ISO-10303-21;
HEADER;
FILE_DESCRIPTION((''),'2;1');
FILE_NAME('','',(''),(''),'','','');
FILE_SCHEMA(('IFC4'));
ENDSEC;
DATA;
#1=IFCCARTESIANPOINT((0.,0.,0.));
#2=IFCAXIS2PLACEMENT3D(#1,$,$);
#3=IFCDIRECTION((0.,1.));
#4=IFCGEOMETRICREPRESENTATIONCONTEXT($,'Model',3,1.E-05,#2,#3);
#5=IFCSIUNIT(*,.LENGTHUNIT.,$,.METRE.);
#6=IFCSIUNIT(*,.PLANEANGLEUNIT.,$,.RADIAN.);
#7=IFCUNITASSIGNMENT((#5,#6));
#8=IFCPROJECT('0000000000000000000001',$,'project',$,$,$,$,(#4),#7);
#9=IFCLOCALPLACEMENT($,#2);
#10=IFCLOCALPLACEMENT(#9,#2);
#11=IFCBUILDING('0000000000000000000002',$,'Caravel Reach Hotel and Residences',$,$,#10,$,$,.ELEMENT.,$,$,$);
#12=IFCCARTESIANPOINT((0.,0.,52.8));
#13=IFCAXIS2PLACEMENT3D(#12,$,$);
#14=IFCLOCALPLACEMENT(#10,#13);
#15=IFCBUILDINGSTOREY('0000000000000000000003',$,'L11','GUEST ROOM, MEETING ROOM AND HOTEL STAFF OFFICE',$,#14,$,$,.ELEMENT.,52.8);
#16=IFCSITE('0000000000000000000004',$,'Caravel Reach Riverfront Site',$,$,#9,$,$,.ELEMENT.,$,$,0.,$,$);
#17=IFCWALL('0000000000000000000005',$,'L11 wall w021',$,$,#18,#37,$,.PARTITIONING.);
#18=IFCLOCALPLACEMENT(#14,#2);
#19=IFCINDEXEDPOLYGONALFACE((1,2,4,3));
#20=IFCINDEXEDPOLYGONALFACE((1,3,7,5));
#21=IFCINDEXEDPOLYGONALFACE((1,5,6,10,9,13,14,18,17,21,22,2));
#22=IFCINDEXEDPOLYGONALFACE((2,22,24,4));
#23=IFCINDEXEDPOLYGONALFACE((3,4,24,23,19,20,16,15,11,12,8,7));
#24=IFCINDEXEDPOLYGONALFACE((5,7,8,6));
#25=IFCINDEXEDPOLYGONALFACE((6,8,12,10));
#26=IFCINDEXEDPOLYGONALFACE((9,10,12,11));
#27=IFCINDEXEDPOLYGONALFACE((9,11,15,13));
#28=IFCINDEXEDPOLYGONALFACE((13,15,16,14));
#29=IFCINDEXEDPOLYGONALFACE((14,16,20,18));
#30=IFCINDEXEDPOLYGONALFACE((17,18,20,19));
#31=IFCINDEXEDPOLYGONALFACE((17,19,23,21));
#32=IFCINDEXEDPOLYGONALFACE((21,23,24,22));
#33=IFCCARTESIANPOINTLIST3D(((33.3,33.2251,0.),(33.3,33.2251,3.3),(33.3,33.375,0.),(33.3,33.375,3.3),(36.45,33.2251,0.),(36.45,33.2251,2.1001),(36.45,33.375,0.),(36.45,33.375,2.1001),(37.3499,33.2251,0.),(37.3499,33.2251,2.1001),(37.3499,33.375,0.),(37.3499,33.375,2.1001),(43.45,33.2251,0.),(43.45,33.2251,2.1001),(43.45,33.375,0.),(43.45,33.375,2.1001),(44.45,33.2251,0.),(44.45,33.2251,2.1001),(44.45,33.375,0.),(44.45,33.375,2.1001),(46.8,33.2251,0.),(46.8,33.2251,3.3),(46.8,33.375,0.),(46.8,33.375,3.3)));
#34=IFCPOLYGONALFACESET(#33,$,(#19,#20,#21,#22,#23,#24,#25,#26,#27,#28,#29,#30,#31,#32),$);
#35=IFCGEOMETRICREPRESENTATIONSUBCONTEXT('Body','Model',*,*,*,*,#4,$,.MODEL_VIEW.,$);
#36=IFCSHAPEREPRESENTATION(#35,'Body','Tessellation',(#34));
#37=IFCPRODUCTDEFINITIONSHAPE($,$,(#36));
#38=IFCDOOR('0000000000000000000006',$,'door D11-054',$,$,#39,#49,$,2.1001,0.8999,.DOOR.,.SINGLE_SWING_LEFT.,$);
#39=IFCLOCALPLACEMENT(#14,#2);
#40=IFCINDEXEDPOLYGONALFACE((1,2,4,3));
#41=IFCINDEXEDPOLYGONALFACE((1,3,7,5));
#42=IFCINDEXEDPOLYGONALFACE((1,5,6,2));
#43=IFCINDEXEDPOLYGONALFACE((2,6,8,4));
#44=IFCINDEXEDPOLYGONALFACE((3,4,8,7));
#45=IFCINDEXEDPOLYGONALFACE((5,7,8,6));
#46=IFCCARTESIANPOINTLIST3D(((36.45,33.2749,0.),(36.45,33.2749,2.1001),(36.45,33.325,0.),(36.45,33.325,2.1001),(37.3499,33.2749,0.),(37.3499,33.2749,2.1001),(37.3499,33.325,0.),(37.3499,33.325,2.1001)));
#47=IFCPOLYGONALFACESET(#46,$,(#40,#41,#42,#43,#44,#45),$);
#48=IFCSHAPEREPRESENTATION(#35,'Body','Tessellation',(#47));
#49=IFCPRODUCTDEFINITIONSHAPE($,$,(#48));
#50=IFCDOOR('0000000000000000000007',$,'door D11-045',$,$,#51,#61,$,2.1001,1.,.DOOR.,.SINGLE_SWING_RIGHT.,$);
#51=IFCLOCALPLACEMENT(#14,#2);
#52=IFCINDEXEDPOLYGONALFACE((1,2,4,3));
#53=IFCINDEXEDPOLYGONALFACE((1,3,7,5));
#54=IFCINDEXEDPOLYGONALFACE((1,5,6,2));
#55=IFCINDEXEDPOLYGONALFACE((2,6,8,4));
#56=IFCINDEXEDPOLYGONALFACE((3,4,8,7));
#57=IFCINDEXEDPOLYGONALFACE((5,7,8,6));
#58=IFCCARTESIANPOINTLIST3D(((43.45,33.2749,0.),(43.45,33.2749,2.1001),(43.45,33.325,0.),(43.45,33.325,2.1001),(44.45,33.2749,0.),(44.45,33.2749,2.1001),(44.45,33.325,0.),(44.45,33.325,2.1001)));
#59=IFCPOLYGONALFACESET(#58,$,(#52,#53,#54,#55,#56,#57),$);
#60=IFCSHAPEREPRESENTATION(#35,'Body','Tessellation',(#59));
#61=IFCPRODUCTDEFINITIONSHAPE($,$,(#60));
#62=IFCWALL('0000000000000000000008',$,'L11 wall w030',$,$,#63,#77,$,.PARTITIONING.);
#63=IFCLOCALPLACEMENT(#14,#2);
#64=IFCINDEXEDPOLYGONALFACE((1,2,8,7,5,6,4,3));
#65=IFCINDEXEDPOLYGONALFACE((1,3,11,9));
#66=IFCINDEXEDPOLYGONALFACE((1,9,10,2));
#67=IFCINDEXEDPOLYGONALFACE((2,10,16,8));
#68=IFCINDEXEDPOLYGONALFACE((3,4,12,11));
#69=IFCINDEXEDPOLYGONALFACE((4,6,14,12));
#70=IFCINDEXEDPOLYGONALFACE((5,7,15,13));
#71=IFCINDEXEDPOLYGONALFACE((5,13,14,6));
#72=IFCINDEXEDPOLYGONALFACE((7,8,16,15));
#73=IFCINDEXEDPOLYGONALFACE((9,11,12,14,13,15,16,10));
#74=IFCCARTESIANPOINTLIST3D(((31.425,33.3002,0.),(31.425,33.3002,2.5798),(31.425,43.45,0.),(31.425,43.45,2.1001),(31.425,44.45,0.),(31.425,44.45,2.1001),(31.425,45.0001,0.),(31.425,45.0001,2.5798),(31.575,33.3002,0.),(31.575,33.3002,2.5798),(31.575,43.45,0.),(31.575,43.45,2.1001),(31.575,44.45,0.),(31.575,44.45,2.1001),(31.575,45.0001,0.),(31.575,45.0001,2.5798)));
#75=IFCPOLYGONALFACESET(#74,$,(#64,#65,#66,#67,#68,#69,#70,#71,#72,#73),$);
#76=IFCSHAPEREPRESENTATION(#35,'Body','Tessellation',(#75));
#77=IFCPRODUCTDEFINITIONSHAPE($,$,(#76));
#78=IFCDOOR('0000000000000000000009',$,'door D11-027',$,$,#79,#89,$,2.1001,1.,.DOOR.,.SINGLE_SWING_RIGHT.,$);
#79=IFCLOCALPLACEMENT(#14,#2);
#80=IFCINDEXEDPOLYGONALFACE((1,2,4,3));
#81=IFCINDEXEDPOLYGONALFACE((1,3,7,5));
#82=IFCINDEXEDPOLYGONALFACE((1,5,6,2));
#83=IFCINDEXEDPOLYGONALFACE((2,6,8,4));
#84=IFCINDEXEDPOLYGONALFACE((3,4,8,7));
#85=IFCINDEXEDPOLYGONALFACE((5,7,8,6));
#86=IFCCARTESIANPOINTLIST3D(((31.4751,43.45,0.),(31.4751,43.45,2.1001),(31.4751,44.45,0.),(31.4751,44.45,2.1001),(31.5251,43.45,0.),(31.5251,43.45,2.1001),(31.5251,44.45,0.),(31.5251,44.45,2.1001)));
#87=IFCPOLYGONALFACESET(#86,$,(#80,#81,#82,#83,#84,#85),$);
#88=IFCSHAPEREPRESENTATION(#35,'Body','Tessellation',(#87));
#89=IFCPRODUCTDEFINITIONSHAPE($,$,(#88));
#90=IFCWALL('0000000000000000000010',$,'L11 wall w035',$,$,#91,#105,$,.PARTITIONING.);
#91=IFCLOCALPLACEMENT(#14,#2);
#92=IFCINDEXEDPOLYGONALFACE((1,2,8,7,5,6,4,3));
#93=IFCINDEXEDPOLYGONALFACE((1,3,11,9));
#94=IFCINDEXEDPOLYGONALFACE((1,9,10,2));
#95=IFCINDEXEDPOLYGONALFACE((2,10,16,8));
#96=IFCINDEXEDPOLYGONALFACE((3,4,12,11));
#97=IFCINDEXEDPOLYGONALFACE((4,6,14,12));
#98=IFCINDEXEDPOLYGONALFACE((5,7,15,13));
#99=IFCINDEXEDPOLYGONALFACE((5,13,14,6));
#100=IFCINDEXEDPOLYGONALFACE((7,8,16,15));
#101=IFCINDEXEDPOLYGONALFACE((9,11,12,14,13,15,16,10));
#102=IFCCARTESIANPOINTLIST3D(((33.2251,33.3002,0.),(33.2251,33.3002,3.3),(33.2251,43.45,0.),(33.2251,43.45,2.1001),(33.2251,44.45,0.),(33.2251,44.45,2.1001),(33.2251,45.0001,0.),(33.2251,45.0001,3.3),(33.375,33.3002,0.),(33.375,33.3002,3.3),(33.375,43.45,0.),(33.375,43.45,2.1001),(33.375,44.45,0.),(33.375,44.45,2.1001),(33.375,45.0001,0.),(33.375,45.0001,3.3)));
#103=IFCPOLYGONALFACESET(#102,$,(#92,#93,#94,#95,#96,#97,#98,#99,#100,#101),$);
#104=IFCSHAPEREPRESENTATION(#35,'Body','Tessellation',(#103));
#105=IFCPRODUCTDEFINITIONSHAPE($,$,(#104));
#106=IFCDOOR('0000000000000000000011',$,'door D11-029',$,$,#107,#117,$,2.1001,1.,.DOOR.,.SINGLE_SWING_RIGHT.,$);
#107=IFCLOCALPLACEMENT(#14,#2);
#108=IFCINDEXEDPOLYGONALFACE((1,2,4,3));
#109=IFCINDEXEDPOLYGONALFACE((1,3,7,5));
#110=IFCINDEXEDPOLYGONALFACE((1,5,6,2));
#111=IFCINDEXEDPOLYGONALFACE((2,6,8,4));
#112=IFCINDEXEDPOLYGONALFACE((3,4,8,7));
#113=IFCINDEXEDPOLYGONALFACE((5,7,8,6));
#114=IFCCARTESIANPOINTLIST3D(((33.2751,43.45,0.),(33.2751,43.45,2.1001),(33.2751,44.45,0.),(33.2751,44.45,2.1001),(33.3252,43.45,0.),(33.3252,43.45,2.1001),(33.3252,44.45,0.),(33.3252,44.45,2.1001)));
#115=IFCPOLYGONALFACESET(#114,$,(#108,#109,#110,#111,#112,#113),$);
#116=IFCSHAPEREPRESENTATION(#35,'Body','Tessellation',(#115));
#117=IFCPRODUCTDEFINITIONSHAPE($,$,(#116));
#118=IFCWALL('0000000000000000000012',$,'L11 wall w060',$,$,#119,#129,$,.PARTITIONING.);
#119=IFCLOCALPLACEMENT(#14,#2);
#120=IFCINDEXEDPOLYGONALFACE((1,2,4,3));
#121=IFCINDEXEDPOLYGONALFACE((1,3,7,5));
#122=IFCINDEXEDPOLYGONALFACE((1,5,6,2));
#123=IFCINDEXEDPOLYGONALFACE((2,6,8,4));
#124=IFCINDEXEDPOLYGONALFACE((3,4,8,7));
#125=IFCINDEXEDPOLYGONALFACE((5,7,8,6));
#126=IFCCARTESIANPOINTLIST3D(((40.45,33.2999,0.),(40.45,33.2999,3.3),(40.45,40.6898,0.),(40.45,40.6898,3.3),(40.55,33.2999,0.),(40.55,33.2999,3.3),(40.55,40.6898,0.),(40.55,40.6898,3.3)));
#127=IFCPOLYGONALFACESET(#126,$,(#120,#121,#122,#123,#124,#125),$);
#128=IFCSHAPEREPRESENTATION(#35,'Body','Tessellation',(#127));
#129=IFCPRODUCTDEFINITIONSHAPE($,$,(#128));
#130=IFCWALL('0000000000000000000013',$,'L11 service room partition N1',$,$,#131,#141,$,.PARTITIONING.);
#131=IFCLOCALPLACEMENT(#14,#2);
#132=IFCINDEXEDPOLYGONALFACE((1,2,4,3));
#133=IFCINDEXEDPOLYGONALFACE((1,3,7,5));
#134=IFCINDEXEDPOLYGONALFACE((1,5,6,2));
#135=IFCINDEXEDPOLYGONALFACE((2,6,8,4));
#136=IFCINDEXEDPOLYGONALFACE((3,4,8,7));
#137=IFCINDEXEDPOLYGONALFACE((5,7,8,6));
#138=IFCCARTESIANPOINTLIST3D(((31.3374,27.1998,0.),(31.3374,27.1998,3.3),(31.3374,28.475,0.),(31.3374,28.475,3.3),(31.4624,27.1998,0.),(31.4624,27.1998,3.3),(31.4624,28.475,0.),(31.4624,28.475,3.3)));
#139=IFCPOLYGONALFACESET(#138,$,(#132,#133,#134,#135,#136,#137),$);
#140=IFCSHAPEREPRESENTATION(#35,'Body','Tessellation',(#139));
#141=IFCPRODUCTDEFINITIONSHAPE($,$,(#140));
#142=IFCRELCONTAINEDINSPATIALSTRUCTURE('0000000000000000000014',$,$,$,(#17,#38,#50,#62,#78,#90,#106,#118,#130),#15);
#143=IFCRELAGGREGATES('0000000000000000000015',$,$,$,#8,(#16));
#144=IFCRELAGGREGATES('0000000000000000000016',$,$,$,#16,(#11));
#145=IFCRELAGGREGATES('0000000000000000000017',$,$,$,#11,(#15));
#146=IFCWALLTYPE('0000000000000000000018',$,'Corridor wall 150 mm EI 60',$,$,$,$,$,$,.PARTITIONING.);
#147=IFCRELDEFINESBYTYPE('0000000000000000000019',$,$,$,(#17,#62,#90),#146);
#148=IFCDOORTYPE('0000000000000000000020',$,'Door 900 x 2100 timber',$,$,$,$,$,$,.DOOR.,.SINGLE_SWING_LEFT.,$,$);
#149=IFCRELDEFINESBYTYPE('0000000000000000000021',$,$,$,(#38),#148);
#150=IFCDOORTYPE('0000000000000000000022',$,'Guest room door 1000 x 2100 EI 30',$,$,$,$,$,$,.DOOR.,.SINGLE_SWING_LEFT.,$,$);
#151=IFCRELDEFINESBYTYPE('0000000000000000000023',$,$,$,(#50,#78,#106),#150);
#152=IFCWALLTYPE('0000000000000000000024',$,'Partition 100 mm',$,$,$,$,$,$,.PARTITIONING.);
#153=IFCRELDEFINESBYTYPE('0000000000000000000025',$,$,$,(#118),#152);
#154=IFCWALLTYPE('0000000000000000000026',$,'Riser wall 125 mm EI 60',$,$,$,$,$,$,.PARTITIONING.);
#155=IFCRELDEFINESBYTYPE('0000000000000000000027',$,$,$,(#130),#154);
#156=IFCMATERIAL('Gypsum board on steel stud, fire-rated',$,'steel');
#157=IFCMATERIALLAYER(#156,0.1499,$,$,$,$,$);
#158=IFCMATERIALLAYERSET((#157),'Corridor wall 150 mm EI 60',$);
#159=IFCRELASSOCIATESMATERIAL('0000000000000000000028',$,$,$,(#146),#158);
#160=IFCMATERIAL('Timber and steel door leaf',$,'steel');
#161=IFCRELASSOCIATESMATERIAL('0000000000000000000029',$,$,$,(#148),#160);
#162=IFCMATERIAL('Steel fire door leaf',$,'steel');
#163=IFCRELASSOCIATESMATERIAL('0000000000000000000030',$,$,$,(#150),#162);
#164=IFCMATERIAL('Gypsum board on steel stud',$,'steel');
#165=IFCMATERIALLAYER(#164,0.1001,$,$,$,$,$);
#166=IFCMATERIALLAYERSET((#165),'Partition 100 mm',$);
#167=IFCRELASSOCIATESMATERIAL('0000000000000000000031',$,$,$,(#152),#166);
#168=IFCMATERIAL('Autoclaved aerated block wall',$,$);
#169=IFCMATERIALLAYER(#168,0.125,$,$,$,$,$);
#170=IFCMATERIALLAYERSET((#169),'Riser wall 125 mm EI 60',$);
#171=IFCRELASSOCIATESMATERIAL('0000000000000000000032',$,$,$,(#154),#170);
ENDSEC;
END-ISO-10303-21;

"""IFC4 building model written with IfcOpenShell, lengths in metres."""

from ifc_helpers import new_model, si_unit, direction, frame, frame_2d, origin, place, context, subcontext, project, spatial, rectangle, extrude, material, layer, layer_set, type_object, element, fill, save


model = new_model("IFC4")

# Units and contexts
model_context = context("Model", 3, precision=1e-05, world=origin(), true_north=direction((0.0, 1.0)))
body_context = subcontext(model_context, "Body", "Model", "MODEL_VIEW")
ifc_project = project(units=[si_unit("LENGTHUNIT", "METRE"), si_unit("PLANEANGLEUNIT", "RADIAN")], contexts=[model_context])

# Site, building, storey
site_placement = place(None, origin())
site = spatial("IfcSite", under=ifc_project, at=site_placement, Name="Caravel Reach Riverfront Site", CompositionType="ELEMENT", RefElevation=0.0)
building_placement = place(site_placement, origin())
building = spatial("IfcBuilding", under=site, at=building_placement, Name="Caravel Reach Hotel and Residences", CompositionType="ELEMENT")
storey_placement = place(building_placement, frame((0.0, 0.0, 52.8)))
storey = spatial("IfcBuildingStorey", under=building, at=storey_placement, Name="L11", Description="GUEST ROOM, MEETING ROOM AND HOTEL STAFF OFFICE", CompositionType="ELEMENT", Elevation=52.8)

# Wall, openings, doors
ifc_material_1 = material(Name="Gypsum board on steel stud, fire-rated", Category="steel")
ifc_layer_1 = layer(ifc_material_1, 0.1499)
ifc_layer_set_1 = layer_set([ifc_layer_1], Name="Corridor wall 150 mm EI 60")
wall_type_1 = type_object("IfcWallType", Name="Corridor wall 150 mm EI 60", PredefinedType="PARTITIONING", material=ifc_layer_set_1)
wall_1_placement = place(storey_placement, frame((33.3, 33.3, 0.0), z_axis=(0.0, 0.0, 1.0), x_axis=(1.0, 0.0, 0.0)))
wall_1 = element("IfcWall", 1, at=wall_1_placement, inside=storey, type_object=wall_type_1, Name="L11 wall w021", PredefinedType="PARTITIONING", context=body_context, shape_type="SweptSolid", body=[
    extrude(rectangle(XDim=13.5, YDim=0.1499, at=frame_2d((6.75, 0.0))), origin(), (0.0, 0.0, 1.0), 3.3),
])
opening_1_placement = place(wall_1_placement, frame((10.1499, 0.0, 0.0)))
opening_1 = element("IfcOpeningElement", 2, at=opening_1_placement, cuts=wall_1, PredefinedType="OPENING", context=body_context, shape_type="SweptSolid", body=[
    extrude(rectangle(XDim=1.0, YDim=2.1001, at=frame_2d((0.5, 1.05))), frame((0.0, 0.085, 0.0), z_axis=(0.0, -1.0, 0.0), x_axis=(1.0, 0.0, 0.0)), (0.0, 0.0, 1.0), 0.1699),
])
opening_2_placement = place(wall_1_placement, frame((3.1499, 0.0, 0.0)))
opening_2 = element("IfcOpeningElement", 3, at=opening_2_placement, cuts=wall_1, PredefinedType="OPENING", context=body_context, shape_type="SweptSolid", body=[
    extrude(rectangle(XDim=0.8999, YDim=2.1001, at=frame_2d((0.45, 1.05))), frame((0.0, 0.085, 0.0), z_axis=(0.0, -1.0, 0.0), x_axis=(1.0, 0.0, 0.0)), (0.0, 0.0, 1.0), 0.1699),
])
ifc_material_2 = material(Name="Timber and steel door leaf", Category="steel")
door_type_1 = type_object("IfcDoorType", Name="Door 900 x 2100 timber", OperationType="SINGLE_SWING_LEFT", PredefinedType="DOOR", material=ifc_material_2)
door_1_placement = place(opening_2_placement, origin())
door_1 = element("IfcDoor", 4, at=door_1_placement, inside=storey, type_object=door_type_1, Name="door D11-054", OperationType="SINGLE_SWING_LEFT", OverallHeight=2.1001, OverallWidth=0.8999, PredefinedType="DOOR", context=body_context, shape_type="SweptSolid", body=[
    extrude(rectangle(XDim=0.8999, YDim=2.1001, at=frame_2d((0.45, 1.05))), frame((0.0, 0.0249, 0.0), z_axis=(0.0, -1.0, 0.0), x_axis=(1.0, 0.0, 0.0)), (0.0, 0.0, 1.0), 0.05),
])
fill(opening_2, door_1)
ifc_material_3 = material(Name="Steel fire door leaf", Category="steel")
door_type_2 = type_object("IfcDoorType", Name="Guest room door 1000 x 2100 EI 30", OperationType="SINGLE_SWING_LEFT", PredefinedType="DOOR", material=ifc_material_3)
door_2_placement = place(opening_1_placement, origin())
door_2 = element("IfcDoor", 5, at=door_2_placement, inside=storey, type_object=door_type_2, Name="door D11-045", OperationType="SINGLE_SWING_RIGHT", OverallHeight=2.1001, OverallWidth=1.0, PredefinedType="DOOR", context=body_context, shape_type="SweptSolid", body=[
    extrude(rectangle(XDim=1.0, YDim=2.1001, at=frame_2d((0.5, 1.05))), frame((0.0, 0.0249, 0.0), z_axis=(0.0, -1.0, 0.0), x_axis=(1.0, 0.0, 0.0)), (0.0, 0.0, 1.0), 0.05),
])
fill(opening_1, door_2)

# Walls, openings, doors
wall_2_placement = place(storey_placement, frame((31.5, 33.3, 0.0), z_axis=(0.0, 0.0, 1.0), x_axis=(0.0, 1.0, 0.0)))
wall_2 = element("IfcWall", 6, at=wall_2_placement, inside=storey, type_object=wall_type_1, Name="L11 wall w030", PredefinedType="PARTITIONING", context=body_context, shape_type="SweptSolid", body=[
    extrude(rectangle(XDim=11.7, YDim=0.1499, at=frame_2d((5.8501, 0.0))), origin(), (0.0, 0.0, 1.0), 2.5798),
])
opening_3_placement = place(wall_2_placement, frame((10.1499, 0.0, 0.0)))
opening_3 = element("IfcOpeningElement", 7, at=opening_3_placement, cuts=wall_2, PredefinedType="OPENING", context=body_context, shape_type="SweptSolid", body=[
    extrude(rectangle(XDim=1.0, YDim=2.1001, at=frame_2d((0.5, 1.05))), frame((0.0, 0.085, 0.0), z_axis=(0.0, -1.0, 0.0), x_axis=(1.0, 0.0, 0.0)), (0.0, 0.0, 1.0), 0.1699),
])
door_3_placement = place(opening_3_placement, origin())
door_3 = element("IfcDoor", 8, at=door_3_placement, inside=storey, type_object=door_type_2, Name="door D11-027", OperationType="SINGLE_SWING_RIGHT", OverallHeight=2.1001, OverallWidth=1.0, PredefinedType="DOOR", context=body_context, shape_type="SweptSolid", body=[
    extrude(rectangle(XDim=1.0, YDim=2.1001, at=frame_2d((0.5, 1.05))), frame((0.0, 0.0249, 0.0), z_axis=(0.0, -1.0, 0.0), x_axis=(1.0, 0.0, 0.0)), (0.0, 0.0, 1.0), 0.05),
])
fill(opening_3, door_3)
wall_3_placement = place(storey_placement, frame((33.3, 33.3, 0.0), z_axis=(0.0, 0.0, 1.0), x_axis=(0.0, 1.0, 0.0)))
wall_3 = element("IfcWall", 9, at=wall_3_placement, inside=storey, type_object=wall_type_1, Name="L11 wall w035", PredefinedType="PARTITIONING", context=body_context, shape_type="SweptSolid", body=[
    extrude(rectangle(XDim=11.7, YDim=0.1499, at=frame_2d((5.8501, 0.0))), origin(), (0.0, 0.0, 1.0), 3.3),
])
opening_4_placement = place(wall_3_placement, frame((10.1499, 0.0, 0.0)))
opening_4 = element("IfcOpeningElement", 10, at=opening_4_placement, cuts=wall_3, PredefinedType="OPENING", context=body_context, shape_type="SweptSolid", body=[
    extrude(rectangle(XDim=1.0, YDim=2.1001, at=frame_2d((0.5, 1.05))), frame((0.0, 0.085, 0.0), z_axis=(0.0, -1.0, 0.0), x_axis=(1.0, 0.0, 0.0)), (0.0, 0.0, 1.0), 0.1699),
])
door_4_placement = place(opening_4_placement, origin())
door_4 = element("IfcDoor", 11, at=door_4_placement, inside=storey, type_object=door_type_2, Name="door D11-029", OperationType="SINGLE_SWING_RIGHT", OverallHeight=2.1001, OverallWidth=1.0, PredefinedType="DOOR", context=body_context, shape_type="SweptSolid", body=[
    extrude(rectangle(XDim=1.0, YDim=2.1001, at=frame_2d((0.5, 1.05))), frame((0.0, 0.0249, 0.0), z_axis=(0.0, -1.0, 0.0), x_axis=(1.0, 0.0, 0.0)), (0.0, 0.0, 1.0), 0.05),
])
fill(opening_4, door_4)

# Walls
ifc_material_4 = material(Name="Gypsum board on steel stud", Category="steel")
ifc_layer_2 = layer(ifc_material_4, 0.1001)
ifc_layer_set_2 = layer_set([ifc_layer_2], Name="Partition 100 mm")
wall_type_2 = type_object("IfcWallType", Name="Partition 100 mm", PredefinedType="PARTITIONING", material=ifc_layer_set_2)
wall_4_placement = place(storey_placement, frame((40.5, 33.3, 0.0), z_axis=(0.0, 0.0, 1.0), x_axis=(0.0, 1.0, 0.0)))
element("IfcWall", 12, at=wall_4_placement, inside=storey, type_object=wall_type_2, Name="L11 wall w060", PredefinedType="PARTITIONING", context=body_context, shape_type="SweptSolid", body=[
    extrude(rectangle(XDim=7.3899, YDim=0.1001, at=frame_2d((3.6948, 0.0))), origin(), (0.0, 0.0, 1.0), 3.3),
])
ifc_material_5 = material(Name="Autoclaved aerated block wall")
ifc_layer_3 = layer(ifc_material_5, 0.125)
ifc_layer_set_3 = layer_set([ifc_layer_3], Name="Riser wall 125 mm EI 60")
wall_type_3 = type_object("IfcWallType", Name="Riser wall 125 mm EI 60", PredefinedType="PARTITIONING", material=ifc_layer_set_3)
wall_5_placement = place(storey_placement, frame((31.3999, 28.4751, 0.0), z_axis=(0.0, 0.0, 1.0), x_axis=(0.0, -1.0, 0.0)))
element("IfcWall", 13, at=wall_5_placement, inside=storey, type_object=wall_type_3, Name="L11 service room partition N1", PredefinedType="PARTITIONING", context=body_context, shape_type="SweptSolid", body=[
    extrude(rectangle(XDim=1.2751, YDim=0.125, at=frame_2d((0.6377, 0.0))), origin(), (0.0, 0.0, 1.0), 3.3),
])

save(model, "model.ifc")
